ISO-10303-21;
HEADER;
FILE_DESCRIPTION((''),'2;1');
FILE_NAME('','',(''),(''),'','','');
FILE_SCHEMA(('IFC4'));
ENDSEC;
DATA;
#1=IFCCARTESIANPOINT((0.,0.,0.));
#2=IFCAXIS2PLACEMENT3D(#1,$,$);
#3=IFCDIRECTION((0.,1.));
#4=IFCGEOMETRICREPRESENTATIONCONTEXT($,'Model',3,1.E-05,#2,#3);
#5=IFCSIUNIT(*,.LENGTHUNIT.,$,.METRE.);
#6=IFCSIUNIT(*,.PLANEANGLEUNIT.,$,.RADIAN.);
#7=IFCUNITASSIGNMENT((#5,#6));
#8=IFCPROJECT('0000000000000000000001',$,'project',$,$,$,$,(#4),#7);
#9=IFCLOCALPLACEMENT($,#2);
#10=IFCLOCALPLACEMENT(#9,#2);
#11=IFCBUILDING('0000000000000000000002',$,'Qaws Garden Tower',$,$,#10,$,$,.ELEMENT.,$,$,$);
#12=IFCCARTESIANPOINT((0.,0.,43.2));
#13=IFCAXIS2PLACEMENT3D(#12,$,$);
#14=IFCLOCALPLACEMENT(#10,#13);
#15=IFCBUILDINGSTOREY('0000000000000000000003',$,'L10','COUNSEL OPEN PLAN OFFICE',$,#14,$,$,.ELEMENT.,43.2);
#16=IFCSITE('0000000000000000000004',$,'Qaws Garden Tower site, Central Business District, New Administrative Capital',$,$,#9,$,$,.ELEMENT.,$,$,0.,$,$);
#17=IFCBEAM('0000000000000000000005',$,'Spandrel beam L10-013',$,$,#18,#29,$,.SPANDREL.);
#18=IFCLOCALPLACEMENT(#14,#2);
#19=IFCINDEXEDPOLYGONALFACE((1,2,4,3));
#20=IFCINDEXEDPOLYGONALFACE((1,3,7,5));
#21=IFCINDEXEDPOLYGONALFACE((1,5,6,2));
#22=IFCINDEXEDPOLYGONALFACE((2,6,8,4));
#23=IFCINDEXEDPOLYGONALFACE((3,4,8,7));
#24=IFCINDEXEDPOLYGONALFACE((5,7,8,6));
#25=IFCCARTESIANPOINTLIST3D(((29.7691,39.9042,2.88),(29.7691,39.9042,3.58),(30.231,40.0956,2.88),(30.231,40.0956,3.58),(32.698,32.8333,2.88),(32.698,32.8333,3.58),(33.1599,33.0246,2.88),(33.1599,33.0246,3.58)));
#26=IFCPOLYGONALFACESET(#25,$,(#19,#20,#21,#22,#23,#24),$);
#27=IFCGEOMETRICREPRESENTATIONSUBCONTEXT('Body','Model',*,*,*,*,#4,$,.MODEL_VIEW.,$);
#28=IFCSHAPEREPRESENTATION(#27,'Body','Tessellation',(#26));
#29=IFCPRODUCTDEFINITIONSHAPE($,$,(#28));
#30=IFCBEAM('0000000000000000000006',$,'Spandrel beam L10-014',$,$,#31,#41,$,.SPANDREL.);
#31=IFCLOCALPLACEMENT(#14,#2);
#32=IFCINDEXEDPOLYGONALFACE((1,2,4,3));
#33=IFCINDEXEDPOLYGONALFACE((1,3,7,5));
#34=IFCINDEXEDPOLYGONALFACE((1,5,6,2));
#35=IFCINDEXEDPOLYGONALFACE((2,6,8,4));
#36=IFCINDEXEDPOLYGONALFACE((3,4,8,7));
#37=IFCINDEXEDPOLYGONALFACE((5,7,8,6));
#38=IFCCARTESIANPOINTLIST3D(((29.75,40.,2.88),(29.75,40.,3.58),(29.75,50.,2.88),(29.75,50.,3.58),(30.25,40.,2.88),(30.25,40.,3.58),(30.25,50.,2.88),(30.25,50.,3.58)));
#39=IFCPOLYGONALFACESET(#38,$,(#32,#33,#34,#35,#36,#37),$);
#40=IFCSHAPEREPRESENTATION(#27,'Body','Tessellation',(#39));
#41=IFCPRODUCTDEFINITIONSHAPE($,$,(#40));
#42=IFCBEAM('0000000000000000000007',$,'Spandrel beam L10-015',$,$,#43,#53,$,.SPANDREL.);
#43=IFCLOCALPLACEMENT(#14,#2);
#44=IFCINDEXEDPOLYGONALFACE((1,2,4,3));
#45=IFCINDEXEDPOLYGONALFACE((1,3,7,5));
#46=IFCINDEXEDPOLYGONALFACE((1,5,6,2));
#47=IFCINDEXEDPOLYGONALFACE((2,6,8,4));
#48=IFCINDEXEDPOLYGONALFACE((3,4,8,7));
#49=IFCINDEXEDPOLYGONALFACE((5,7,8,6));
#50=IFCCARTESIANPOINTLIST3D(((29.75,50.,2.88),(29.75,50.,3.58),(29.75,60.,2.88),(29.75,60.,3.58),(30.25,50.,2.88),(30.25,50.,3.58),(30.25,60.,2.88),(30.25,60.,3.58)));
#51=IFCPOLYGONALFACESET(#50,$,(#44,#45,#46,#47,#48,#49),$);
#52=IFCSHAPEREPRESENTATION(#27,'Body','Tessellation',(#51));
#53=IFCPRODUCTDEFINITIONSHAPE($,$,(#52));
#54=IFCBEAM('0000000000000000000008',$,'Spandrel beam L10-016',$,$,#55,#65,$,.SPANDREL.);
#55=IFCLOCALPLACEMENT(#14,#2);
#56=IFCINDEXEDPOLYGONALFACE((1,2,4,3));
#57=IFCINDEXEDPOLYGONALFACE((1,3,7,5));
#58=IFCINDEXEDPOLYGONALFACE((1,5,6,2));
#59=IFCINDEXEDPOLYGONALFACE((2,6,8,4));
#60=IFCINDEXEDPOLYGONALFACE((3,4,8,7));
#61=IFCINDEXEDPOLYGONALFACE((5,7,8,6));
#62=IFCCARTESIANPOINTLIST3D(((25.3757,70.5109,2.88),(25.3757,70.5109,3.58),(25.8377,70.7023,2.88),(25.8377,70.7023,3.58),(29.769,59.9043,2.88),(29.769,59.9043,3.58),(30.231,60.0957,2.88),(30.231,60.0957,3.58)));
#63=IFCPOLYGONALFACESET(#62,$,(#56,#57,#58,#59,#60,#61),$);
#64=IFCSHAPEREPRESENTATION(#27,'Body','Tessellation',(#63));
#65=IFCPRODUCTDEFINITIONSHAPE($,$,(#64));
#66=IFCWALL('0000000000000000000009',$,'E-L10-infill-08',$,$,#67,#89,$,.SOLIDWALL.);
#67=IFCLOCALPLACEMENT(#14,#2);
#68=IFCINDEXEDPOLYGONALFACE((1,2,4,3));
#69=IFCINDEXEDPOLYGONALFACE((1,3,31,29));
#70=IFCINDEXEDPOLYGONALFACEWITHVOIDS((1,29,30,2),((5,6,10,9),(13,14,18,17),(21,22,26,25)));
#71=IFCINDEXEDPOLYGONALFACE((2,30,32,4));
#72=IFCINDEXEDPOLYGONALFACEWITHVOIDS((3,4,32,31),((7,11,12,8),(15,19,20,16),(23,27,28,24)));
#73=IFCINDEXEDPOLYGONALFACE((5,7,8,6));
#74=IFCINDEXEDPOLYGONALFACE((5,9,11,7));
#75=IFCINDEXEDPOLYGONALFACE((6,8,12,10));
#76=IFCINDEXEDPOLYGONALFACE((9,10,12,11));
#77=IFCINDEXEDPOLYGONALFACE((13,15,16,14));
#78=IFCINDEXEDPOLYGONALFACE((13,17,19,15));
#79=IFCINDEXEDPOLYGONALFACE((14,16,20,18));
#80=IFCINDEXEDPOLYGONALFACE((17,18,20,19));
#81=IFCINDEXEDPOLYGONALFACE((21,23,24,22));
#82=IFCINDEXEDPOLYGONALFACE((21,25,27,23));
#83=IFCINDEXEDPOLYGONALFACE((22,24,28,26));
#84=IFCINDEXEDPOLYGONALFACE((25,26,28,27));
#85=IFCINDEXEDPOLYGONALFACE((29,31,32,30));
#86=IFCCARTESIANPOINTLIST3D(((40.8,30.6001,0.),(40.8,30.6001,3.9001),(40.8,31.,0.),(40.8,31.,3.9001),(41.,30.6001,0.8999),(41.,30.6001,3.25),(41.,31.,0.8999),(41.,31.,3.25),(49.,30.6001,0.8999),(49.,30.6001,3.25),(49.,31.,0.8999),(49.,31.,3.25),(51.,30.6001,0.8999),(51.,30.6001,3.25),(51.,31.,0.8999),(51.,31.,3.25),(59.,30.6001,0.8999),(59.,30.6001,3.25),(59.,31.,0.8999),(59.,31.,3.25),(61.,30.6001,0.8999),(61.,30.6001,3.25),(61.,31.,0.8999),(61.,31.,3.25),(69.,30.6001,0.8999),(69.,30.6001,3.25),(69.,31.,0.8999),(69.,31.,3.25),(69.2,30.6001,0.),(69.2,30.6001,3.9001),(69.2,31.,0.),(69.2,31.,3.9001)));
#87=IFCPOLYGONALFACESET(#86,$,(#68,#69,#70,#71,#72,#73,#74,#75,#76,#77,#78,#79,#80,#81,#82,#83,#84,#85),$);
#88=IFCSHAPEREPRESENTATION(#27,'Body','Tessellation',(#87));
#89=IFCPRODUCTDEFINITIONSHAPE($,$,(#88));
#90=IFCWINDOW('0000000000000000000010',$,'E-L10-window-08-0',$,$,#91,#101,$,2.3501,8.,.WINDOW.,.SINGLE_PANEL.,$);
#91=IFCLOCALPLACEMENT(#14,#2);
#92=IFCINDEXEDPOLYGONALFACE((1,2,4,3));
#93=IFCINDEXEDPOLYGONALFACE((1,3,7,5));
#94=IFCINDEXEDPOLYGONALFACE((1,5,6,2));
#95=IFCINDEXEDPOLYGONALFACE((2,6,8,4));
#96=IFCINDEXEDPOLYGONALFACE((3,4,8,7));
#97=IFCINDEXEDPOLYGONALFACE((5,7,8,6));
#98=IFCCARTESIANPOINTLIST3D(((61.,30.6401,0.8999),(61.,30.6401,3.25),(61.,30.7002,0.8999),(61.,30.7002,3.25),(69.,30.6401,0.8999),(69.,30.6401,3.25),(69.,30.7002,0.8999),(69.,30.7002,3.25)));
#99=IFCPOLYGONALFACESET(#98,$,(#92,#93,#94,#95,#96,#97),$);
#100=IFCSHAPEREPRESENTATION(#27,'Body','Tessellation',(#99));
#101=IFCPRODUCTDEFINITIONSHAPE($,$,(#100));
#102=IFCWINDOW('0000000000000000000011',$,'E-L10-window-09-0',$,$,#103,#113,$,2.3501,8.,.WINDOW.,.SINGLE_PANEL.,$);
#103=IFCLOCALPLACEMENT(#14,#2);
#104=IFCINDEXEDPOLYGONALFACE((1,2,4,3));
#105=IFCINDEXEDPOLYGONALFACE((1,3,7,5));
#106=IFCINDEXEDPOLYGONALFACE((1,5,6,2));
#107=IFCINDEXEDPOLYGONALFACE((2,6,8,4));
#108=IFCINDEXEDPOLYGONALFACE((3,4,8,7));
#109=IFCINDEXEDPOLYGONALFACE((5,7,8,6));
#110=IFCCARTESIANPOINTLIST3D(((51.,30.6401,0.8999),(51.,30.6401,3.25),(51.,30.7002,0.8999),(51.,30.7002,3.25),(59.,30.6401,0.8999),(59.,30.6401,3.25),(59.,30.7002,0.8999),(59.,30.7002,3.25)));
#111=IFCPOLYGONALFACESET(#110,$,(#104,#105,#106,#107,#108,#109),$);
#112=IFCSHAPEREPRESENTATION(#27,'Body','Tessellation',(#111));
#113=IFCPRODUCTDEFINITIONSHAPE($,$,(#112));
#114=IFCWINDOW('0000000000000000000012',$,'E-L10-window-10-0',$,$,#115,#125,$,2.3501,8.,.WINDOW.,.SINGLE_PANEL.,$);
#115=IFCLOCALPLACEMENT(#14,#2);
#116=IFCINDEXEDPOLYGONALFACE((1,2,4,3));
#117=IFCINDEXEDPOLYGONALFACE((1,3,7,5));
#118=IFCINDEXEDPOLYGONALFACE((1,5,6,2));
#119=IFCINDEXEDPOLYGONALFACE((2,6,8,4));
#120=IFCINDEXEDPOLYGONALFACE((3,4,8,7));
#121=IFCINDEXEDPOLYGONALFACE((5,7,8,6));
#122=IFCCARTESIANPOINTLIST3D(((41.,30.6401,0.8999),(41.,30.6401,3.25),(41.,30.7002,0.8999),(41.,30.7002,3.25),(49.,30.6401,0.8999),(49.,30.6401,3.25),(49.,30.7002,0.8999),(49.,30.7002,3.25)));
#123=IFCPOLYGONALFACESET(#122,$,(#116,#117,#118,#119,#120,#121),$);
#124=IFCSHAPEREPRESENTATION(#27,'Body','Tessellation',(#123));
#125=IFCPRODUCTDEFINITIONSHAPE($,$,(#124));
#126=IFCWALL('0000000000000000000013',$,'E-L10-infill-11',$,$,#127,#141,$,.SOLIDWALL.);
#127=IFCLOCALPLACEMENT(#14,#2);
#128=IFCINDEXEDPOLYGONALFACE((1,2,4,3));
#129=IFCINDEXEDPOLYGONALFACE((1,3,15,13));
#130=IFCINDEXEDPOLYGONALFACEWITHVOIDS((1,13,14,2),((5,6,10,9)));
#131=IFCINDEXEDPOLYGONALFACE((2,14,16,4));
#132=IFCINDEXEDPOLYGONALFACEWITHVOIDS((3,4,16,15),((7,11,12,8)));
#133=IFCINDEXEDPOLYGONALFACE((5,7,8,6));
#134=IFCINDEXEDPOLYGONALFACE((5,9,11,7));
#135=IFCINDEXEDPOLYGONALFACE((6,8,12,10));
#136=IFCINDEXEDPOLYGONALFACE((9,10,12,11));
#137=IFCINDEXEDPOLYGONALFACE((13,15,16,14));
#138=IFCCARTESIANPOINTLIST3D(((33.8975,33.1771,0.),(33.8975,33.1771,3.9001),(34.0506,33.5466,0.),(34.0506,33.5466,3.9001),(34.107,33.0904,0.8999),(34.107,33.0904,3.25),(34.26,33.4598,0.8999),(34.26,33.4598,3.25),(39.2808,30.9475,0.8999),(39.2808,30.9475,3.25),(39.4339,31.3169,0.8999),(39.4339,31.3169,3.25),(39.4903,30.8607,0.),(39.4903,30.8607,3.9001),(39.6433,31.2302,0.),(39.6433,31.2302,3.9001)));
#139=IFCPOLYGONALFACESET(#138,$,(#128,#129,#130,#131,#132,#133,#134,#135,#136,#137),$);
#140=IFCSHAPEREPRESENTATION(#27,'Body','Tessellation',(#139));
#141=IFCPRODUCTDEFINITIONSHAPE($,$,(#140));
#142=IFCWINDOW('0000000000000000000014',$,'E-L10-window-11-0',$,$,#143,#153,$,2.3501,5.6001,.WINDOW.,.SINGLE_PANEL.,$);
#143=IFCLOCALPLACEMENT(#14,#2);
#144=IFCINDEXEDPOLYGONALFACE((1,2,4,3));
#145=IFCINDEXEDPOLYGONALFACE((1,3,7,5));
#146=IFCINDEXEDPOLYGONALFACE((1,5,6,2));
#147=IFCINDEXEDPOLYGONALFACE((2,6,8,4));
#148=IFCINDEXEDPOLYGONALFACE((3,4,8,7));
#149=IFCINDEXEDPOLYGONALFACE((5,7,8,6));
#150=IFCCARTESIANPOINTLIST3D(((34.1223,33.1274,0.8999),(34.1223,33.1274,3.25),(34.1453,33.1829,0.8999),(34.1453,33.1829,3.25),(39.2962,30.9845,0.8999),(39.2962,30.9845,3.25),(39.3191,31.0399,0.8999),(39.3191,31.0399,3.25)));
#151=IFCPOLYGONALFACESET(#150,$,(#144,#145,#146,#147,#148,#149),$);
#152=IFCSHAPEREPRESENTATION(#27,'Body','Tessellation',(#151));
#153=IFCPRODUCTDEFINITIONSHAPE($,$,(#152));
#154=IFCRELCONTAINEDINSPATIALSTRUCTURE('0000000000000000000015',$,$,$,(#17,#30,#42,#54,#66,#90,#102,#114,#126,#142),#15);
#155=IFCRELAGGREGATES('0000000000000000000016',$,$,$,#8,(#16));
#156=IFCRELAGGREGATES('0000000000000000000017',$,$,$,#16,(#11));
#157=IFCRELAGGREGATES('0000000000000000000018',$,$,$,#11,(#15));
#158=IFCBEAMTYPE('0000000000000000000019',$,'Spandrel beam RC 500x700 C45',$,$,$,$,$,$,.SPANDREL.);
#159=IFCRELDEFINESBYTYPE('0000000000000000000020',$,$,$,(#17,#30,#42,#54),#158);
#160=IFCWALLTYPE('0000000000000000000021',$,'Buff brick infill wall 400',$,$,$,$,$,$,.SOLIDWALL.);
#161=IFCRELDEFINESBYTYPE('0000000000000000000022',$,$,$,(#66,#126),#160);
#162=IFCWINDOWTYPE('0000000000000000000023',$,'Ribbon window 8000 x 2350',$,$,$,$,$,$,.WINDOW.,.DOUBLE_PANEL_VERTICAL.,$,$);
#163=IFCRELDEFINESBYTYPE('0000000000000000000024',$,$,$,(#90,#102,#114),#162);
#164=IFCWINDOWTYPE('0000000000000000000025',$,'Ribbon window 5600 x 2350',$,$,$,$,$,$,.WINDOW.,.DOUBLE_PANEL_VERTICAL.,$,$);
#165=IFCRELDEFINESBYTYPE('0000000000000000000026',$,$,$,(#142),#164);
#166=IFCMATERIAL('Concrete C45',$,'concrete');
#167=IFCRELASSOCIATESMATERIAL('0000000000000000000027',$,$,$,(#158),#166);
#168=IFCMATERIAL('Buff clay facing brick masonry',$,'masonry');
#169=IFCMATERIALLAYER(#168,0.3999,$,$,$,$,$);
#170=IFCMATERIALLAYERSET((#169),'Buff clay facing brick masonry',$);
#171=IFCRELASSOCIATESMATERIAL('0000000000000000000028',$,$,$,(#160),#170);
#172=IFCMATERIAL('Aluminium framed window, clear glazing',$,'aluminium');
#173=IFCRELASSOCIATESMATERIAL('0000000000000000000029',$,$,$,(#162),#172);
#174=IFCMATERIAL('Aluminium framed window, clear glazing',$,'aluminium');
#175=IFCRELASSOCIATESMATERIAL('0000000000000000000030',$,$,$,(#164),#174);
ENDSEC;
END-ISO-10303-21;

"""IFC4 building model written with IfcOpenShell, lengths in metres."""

from ifc_helpers import new_model, si_unit, direction, frame, frame_2d, origin, origin_2d, place, context, subcontext, project, spatial, rectangle, extrude, material, layer, layer_set, material_profile, profile_set, type_object, element, fill, save


model = new_model("IFC4")

# Units and contexts
model_context = context("Model", 3, precision=1e-05, world=origin(), true_north=direction((0.0, 1.0)))
body_context = subcontext(model_context, "Body", "Model", "MODEL_VIEW")
ifc_project = project(units=[si_unit("LENGTHUNIT", "METRE"), si_unit("PLANEANGLEUNIT", "RADIAN")], contexts=[model_context])

# Site, building, storey
site_placement = place(None, origin())
site = spatial("IfcSite", under=ifc_project, at=site_placement, Name="Qaws Garden Tower site, Central Business District, New Administrative Capital", CompositionType="ELEMENT", RefElevation=0.0)
building_placement = place(site_placement, origin())
building = spatial("IfcBuilding", under=site, at=building_placement, Name="Qaws Garden Tower", CompositionType="ELEMENT")
storey_placement = place(building_placement, frame((0.0, 0.0, 43.2)))
storey = spatial("IfcBuildingStorey", under=building, at=storey_placement, Name="L10", Description="COUNSEL OPEN PLAN OFFICE", CompositionType="ELEMENT", Elevation=43.2)

# Beams
ifc_material_1 = material(Name="Concrete C45", Category="concrete")
ifc_material_profile_1 = material_profile(ifc_material_1, rectangle(XDim=0.5, YDim=0.7, at=origin_2d()), Name="RC 500x700")
ifc_profile_set_1 = profile_set([ifc_material_profile_1], Name="Concrete C45")
beam_type = type_object("IfcBeamType", Name="Spandrel beam RC 500x700 C45", PredefinedType="SPANDREL", material=ifc_profile_set_1)
beam_1_placement = place(storey_placement, frame((32.929, 32.929, 3.23), z_axis=(-0.382687, 0.923878, 0.0), x_axis=(-0.923878, -0.382687, 0.0)))
element("IfcBeam", 1, at=beam_1_placement, inside=storey, type_object=beam_type, Name="Spandrel beam L10-013", PredefinedType="SPANDREL", context=body_context, shape_type="SweptSolid", body=[
    extrude(rectangle(XDim=0.5, YDim=0.7, at=origin_2d()), origin(), (0.0, 0.0, 1.0), 7.6536),
])
for number, where, z_axis, x_axis, name in (
    (2, (30.0, 40.0, 3.23), (0.0, 1.0, 0.0), (-1.0, 0.0, 0.0), "Spandrel beam L10-014"),
    (3, (30.0, 50.0, 3.23), (0.0, 1.0, 0.0), (-1.0, 0.0, 0.0), "Spandrel beam L10-015"),
):
    element("IfcBeam", number, at=place(storey_placement, frame(where, z_axis=z_axis, x_axis=x_axis)), inside=storey, type_object=beam_type, Name=name, PredefinedType="SPANDREL", context=body_context, shape_type="SweptSolid", body=[
        extrude(rectangle(XDim=0.5, YDim=0.7, at=origin_2d()), origin(), (0.0, 0.0, 1.0), 10.0),
    ])
beam_2_placement = place(storey_placement, frame((30.0, 60.0, 3.23), z_axis=(-0.382674, 0.923883, 0.0), x_axis=(-0.923883, -0.382674, 0.0)))
element("IfcBeam", 4, at=beam_2_placement, inside=storey, type_object=beam_type, Name="Spandrel beam L10-016", PredefinedType="SPANDREL", context=body_context, shape_type="SweptSolid", body=[
    extrude(rectangle(XDim=0.5, YDim=0.7, at=origin_2d()), origin(), (0.0, 0.0, 1.0), 11.4805),
])

# Wall, openings, windows
ifc_material_2 = material(Name="Buff clay facing brick masonry", Category="masonry")
ifc_layer_1 = layer(ifc_material_2, 0.3999)
ifc_layer_set_1 = layer_set([ifc_layer_1], Name="Buff clay facing brick masonry")
wall_type_1 = type_object("IfcWallType", Name="Buff brick infill wall 400", PredefinedType="SOLIDWALL", material=ifc_layer_set_1)
wall_1_placement = place(storey_placement, frame((69.2, 30.8, 0.0), z_axis=(0.0, 0.0, 1.0), x_axis=(-1.0, 0.0, 0.0)))
wall_1 = element("IfcWall", 5, at=wall_1_placement, inside=storey, type_object=wall_type_1, Name="E-L10-infill-08", PredefinedType="SOLIDWALL", context=body_context, shape_type="SweptSolid", body=[
    extrude(rectangle(XDim=28.3999, YDim=0.3999, at=frame_2d((14.2, 0.0))), origin(), (0.0, 0.0, 1.0), 3.9001),
])
opening_1_placement = place(wall_1_placement, frame((0.2, 0.0, 0.8999)))
opening_1 = element("IfcOpeningElement", 6, at=opening_1_placement, cuts=wall_1, PredefinedType="OPENING", context=body_context, shape_type="SweptSolid", body=[
    extrude(rectangle(XDim=8.0, YDim=2.3501, at=frame_2d((4.0, 1.175))), frame((0.0, 0.21, 0.0), z_axis=(0.0, -1.0, 0.0), x_axis=(1.0, 0.0, 0.0)), (0.0, 0.0, 1.0), 0.4199),
])
opening_2_placement = place(wall_1_placement, frame((10.2, 0.0, 0.8999)))
opening_2 = element("IfcOpeningElement", 7, at=opening_2_placement, cuts=wall_1, PredefinedType="OPENING", context=body_context, shape_type="SweptSolid", body=[
    extrude(rectangle(XDim=8.0, YDim=2.3501, at=frame_2d((4.0, 1.175))), frame((0.0, 0.21, 0.0), z_axis=(0.0, -1.0, 0.0), x_axis=(1.0, 0.0, 0.0)), (0.0, 0.0, 1.0), 0.4199),
])
opening_3_placement = place(wall_1_placement, frame((20.2, 0.0, 0.8999)))
opening_3 = element("IfcOpeningElement", 8, at=opening_3_placement, cuts=wall_1, PredefinedType="OPENING", context=body_context, shape_type="SweptSolid", body=[
    extrude(rectangle(XDim=8.0, YDim=2.3501, at=frame_2d((4.0, 1.175))), frame((0.0, 0.21, 0.0), z_axis=(0.0, -1.0, 0.0), x_axis=(1.0, 0.0, 0.0)), (0.0, 0.0, 1.0), 0.4199),
])
ifc_material_3 = material(Name="Aluminium framed window, clear glazing", Category="aluminium")
window_type_1 = type_object("IfcWindowType", Name="Ribbon window 8000 x 2350", PartitioningType="DOUBLE_PANEL_VERTICAL", PredefinedType="WINDOW", material=ifc_material_3)
window_1_placement = place(opening_1_placement, origin())
window_1 = element("IfcWindow", 9, at=window_1_placement, inside=storey, type_object=window_type_1, Name="E-L10-window-08-0", OverallHeight=2.3501, OverallWidth=8.0, PartitioningType="SINGLE_PANEL", PredefinedType="WINDOW", context=body_context, shape_type="SweptSolid", body=[
    extrude(rectangle(XDim=8.0, YDim=2.3501, at=frame_2d((4.0, 1.175))), frame((0.0, 0.1599, 0.0), z_axis=(0.0, -1.0, 0.0), x_axis=(1.0, 0.0, 0.0)), (0.0, 0.0, 1.0), 0.0601),
])
fill(opening_1, window_1)
window_2_placement = place(opening_2_placement, origin())
window_2 = element("IfcWindow", 10, at=window_2_placement, inside=storey, type_object=window_type_1, Name="E-L10-window-09-0", OverallHeight=2.3501, OverallWidth=8.0, PartitioningType="SINGLE_PANEL", PredefinedType="WINDOW", context=body_context, shape_type="SweptSolid", body=[
    extrude(rectangle(XDim=8.0, YDim=2.3501, at=frame_2d((4.0, 1.175))), frame((0.0, 0.1599, 0.0), z_axis=(0.0, -1.0, 0.0), x_axis=(1.0, 0.0, 0.0)), (0.0, 0.0, 1.0), 0.0601),
])
fill(opening_2, window_2)
window_3_placement = place(opening_3_placement, origin())
window_3 = element("IfcWindow", 11, at=window_3_placement, inside=storey, type_object=window_type_1, Name="E-L10-window-10-0", OverallHeight=2.3501, OverallWidth=8.0, PartitioningType="SINGLE_PANEL", PredefinedType="WINDOW", context=body_context, shape_type="SweptSolid", body=[
    extrude(rectangle(XDim=8.0, YDim=2.3501, at=frame_2d((4.0, 1.175))), frame((0.0, 0.1599, 0.0), z_axis=(0.0, -1.0, 0.0), x_axis=(1.0, 0.0, 0.0)), (0.0, 0.0, 1.0), 0.0601),
])
fill(opening_3, window_3)

# Wall, opening, window
wall_2_placement = place(storey_placement, frame((39.5669, 31.0454, 0.0), z_axis=(0.0, 0.0, 1.0), x_axis=(-0.923891, 0.382656, 0.0)))
wall_2 = element("IfcWall", 12, at=wall_2_placement, inside=storey, type_object=wall_type_1, Name="E-L10-infill-11", PredefinedType="SOLIDWALL", context=body_context, shape_type="SweptSolid", body=[
    extrude(rectangle(XDim=6.0535, YDim=0.3999, at=frame_2d((3.0269, 0.0))), origin(), (0.0, 0.0, 1.0), 3.9001),
])
opening_4_placement = place(wall_2_placement, frame((0.2268, 0.0, 0.8999)))
opening_4 = element("IfcOpeningElement", 13, at=opening_4_placement, cuts=wall_2, PredefinedType="OPENING", context=body_context, shape_type="SweptSolid", body=[
    extrude(rectangle(XDim=5.6001, YDim=2.3501, at=frame_2d((2.8, 1.175))), frame((0.0, 0.21, 0.0), z_axis=(0.0, -1.0, 0.0), x_axis=(1.0, 0.0, 0.0)), (0.0, 0.0, 1.0), 0.4199),
])
ifc_material_4 = material(Name="Aluminium framed window, clear glazing", Category="aluminium")
window_type_2 = type_object("IfcWindowType", Name="Ribbon window 5600 x 2350", PartitioningType="DOUBLE_PANEL_VERTICAL", PredefinedType="WINDOW", material=ifc_material_4)
window_4_placement = place(opening_4_placement, origin())
window_4 = element("IfcWindow", 14, at=window_4_placement, inside=storey, type_object=window_type_2, Name="E-L10-window-11-0", OverallHeight=2.3501, OverallWidth=5.6001, PartitioningType="SINGLE_PANEL", PredefinedType="WINDOW", context=body_context, shape_type="SweptSolid", body=[
    extrude(rectangle(XDim=5.6001, YDim=2.3501, at=frame_2d((2.8, 1.175))), frame((0.0, 0.1599, 0.0), z_axis=(0.0, -1.0, 0.0), x_axis=(1.0, 0.0, 0.0)), (0.0, 0.0, 1.0), 0.0601),
])
fill(opening_4, window_4)

save(model, "model.ifc")
